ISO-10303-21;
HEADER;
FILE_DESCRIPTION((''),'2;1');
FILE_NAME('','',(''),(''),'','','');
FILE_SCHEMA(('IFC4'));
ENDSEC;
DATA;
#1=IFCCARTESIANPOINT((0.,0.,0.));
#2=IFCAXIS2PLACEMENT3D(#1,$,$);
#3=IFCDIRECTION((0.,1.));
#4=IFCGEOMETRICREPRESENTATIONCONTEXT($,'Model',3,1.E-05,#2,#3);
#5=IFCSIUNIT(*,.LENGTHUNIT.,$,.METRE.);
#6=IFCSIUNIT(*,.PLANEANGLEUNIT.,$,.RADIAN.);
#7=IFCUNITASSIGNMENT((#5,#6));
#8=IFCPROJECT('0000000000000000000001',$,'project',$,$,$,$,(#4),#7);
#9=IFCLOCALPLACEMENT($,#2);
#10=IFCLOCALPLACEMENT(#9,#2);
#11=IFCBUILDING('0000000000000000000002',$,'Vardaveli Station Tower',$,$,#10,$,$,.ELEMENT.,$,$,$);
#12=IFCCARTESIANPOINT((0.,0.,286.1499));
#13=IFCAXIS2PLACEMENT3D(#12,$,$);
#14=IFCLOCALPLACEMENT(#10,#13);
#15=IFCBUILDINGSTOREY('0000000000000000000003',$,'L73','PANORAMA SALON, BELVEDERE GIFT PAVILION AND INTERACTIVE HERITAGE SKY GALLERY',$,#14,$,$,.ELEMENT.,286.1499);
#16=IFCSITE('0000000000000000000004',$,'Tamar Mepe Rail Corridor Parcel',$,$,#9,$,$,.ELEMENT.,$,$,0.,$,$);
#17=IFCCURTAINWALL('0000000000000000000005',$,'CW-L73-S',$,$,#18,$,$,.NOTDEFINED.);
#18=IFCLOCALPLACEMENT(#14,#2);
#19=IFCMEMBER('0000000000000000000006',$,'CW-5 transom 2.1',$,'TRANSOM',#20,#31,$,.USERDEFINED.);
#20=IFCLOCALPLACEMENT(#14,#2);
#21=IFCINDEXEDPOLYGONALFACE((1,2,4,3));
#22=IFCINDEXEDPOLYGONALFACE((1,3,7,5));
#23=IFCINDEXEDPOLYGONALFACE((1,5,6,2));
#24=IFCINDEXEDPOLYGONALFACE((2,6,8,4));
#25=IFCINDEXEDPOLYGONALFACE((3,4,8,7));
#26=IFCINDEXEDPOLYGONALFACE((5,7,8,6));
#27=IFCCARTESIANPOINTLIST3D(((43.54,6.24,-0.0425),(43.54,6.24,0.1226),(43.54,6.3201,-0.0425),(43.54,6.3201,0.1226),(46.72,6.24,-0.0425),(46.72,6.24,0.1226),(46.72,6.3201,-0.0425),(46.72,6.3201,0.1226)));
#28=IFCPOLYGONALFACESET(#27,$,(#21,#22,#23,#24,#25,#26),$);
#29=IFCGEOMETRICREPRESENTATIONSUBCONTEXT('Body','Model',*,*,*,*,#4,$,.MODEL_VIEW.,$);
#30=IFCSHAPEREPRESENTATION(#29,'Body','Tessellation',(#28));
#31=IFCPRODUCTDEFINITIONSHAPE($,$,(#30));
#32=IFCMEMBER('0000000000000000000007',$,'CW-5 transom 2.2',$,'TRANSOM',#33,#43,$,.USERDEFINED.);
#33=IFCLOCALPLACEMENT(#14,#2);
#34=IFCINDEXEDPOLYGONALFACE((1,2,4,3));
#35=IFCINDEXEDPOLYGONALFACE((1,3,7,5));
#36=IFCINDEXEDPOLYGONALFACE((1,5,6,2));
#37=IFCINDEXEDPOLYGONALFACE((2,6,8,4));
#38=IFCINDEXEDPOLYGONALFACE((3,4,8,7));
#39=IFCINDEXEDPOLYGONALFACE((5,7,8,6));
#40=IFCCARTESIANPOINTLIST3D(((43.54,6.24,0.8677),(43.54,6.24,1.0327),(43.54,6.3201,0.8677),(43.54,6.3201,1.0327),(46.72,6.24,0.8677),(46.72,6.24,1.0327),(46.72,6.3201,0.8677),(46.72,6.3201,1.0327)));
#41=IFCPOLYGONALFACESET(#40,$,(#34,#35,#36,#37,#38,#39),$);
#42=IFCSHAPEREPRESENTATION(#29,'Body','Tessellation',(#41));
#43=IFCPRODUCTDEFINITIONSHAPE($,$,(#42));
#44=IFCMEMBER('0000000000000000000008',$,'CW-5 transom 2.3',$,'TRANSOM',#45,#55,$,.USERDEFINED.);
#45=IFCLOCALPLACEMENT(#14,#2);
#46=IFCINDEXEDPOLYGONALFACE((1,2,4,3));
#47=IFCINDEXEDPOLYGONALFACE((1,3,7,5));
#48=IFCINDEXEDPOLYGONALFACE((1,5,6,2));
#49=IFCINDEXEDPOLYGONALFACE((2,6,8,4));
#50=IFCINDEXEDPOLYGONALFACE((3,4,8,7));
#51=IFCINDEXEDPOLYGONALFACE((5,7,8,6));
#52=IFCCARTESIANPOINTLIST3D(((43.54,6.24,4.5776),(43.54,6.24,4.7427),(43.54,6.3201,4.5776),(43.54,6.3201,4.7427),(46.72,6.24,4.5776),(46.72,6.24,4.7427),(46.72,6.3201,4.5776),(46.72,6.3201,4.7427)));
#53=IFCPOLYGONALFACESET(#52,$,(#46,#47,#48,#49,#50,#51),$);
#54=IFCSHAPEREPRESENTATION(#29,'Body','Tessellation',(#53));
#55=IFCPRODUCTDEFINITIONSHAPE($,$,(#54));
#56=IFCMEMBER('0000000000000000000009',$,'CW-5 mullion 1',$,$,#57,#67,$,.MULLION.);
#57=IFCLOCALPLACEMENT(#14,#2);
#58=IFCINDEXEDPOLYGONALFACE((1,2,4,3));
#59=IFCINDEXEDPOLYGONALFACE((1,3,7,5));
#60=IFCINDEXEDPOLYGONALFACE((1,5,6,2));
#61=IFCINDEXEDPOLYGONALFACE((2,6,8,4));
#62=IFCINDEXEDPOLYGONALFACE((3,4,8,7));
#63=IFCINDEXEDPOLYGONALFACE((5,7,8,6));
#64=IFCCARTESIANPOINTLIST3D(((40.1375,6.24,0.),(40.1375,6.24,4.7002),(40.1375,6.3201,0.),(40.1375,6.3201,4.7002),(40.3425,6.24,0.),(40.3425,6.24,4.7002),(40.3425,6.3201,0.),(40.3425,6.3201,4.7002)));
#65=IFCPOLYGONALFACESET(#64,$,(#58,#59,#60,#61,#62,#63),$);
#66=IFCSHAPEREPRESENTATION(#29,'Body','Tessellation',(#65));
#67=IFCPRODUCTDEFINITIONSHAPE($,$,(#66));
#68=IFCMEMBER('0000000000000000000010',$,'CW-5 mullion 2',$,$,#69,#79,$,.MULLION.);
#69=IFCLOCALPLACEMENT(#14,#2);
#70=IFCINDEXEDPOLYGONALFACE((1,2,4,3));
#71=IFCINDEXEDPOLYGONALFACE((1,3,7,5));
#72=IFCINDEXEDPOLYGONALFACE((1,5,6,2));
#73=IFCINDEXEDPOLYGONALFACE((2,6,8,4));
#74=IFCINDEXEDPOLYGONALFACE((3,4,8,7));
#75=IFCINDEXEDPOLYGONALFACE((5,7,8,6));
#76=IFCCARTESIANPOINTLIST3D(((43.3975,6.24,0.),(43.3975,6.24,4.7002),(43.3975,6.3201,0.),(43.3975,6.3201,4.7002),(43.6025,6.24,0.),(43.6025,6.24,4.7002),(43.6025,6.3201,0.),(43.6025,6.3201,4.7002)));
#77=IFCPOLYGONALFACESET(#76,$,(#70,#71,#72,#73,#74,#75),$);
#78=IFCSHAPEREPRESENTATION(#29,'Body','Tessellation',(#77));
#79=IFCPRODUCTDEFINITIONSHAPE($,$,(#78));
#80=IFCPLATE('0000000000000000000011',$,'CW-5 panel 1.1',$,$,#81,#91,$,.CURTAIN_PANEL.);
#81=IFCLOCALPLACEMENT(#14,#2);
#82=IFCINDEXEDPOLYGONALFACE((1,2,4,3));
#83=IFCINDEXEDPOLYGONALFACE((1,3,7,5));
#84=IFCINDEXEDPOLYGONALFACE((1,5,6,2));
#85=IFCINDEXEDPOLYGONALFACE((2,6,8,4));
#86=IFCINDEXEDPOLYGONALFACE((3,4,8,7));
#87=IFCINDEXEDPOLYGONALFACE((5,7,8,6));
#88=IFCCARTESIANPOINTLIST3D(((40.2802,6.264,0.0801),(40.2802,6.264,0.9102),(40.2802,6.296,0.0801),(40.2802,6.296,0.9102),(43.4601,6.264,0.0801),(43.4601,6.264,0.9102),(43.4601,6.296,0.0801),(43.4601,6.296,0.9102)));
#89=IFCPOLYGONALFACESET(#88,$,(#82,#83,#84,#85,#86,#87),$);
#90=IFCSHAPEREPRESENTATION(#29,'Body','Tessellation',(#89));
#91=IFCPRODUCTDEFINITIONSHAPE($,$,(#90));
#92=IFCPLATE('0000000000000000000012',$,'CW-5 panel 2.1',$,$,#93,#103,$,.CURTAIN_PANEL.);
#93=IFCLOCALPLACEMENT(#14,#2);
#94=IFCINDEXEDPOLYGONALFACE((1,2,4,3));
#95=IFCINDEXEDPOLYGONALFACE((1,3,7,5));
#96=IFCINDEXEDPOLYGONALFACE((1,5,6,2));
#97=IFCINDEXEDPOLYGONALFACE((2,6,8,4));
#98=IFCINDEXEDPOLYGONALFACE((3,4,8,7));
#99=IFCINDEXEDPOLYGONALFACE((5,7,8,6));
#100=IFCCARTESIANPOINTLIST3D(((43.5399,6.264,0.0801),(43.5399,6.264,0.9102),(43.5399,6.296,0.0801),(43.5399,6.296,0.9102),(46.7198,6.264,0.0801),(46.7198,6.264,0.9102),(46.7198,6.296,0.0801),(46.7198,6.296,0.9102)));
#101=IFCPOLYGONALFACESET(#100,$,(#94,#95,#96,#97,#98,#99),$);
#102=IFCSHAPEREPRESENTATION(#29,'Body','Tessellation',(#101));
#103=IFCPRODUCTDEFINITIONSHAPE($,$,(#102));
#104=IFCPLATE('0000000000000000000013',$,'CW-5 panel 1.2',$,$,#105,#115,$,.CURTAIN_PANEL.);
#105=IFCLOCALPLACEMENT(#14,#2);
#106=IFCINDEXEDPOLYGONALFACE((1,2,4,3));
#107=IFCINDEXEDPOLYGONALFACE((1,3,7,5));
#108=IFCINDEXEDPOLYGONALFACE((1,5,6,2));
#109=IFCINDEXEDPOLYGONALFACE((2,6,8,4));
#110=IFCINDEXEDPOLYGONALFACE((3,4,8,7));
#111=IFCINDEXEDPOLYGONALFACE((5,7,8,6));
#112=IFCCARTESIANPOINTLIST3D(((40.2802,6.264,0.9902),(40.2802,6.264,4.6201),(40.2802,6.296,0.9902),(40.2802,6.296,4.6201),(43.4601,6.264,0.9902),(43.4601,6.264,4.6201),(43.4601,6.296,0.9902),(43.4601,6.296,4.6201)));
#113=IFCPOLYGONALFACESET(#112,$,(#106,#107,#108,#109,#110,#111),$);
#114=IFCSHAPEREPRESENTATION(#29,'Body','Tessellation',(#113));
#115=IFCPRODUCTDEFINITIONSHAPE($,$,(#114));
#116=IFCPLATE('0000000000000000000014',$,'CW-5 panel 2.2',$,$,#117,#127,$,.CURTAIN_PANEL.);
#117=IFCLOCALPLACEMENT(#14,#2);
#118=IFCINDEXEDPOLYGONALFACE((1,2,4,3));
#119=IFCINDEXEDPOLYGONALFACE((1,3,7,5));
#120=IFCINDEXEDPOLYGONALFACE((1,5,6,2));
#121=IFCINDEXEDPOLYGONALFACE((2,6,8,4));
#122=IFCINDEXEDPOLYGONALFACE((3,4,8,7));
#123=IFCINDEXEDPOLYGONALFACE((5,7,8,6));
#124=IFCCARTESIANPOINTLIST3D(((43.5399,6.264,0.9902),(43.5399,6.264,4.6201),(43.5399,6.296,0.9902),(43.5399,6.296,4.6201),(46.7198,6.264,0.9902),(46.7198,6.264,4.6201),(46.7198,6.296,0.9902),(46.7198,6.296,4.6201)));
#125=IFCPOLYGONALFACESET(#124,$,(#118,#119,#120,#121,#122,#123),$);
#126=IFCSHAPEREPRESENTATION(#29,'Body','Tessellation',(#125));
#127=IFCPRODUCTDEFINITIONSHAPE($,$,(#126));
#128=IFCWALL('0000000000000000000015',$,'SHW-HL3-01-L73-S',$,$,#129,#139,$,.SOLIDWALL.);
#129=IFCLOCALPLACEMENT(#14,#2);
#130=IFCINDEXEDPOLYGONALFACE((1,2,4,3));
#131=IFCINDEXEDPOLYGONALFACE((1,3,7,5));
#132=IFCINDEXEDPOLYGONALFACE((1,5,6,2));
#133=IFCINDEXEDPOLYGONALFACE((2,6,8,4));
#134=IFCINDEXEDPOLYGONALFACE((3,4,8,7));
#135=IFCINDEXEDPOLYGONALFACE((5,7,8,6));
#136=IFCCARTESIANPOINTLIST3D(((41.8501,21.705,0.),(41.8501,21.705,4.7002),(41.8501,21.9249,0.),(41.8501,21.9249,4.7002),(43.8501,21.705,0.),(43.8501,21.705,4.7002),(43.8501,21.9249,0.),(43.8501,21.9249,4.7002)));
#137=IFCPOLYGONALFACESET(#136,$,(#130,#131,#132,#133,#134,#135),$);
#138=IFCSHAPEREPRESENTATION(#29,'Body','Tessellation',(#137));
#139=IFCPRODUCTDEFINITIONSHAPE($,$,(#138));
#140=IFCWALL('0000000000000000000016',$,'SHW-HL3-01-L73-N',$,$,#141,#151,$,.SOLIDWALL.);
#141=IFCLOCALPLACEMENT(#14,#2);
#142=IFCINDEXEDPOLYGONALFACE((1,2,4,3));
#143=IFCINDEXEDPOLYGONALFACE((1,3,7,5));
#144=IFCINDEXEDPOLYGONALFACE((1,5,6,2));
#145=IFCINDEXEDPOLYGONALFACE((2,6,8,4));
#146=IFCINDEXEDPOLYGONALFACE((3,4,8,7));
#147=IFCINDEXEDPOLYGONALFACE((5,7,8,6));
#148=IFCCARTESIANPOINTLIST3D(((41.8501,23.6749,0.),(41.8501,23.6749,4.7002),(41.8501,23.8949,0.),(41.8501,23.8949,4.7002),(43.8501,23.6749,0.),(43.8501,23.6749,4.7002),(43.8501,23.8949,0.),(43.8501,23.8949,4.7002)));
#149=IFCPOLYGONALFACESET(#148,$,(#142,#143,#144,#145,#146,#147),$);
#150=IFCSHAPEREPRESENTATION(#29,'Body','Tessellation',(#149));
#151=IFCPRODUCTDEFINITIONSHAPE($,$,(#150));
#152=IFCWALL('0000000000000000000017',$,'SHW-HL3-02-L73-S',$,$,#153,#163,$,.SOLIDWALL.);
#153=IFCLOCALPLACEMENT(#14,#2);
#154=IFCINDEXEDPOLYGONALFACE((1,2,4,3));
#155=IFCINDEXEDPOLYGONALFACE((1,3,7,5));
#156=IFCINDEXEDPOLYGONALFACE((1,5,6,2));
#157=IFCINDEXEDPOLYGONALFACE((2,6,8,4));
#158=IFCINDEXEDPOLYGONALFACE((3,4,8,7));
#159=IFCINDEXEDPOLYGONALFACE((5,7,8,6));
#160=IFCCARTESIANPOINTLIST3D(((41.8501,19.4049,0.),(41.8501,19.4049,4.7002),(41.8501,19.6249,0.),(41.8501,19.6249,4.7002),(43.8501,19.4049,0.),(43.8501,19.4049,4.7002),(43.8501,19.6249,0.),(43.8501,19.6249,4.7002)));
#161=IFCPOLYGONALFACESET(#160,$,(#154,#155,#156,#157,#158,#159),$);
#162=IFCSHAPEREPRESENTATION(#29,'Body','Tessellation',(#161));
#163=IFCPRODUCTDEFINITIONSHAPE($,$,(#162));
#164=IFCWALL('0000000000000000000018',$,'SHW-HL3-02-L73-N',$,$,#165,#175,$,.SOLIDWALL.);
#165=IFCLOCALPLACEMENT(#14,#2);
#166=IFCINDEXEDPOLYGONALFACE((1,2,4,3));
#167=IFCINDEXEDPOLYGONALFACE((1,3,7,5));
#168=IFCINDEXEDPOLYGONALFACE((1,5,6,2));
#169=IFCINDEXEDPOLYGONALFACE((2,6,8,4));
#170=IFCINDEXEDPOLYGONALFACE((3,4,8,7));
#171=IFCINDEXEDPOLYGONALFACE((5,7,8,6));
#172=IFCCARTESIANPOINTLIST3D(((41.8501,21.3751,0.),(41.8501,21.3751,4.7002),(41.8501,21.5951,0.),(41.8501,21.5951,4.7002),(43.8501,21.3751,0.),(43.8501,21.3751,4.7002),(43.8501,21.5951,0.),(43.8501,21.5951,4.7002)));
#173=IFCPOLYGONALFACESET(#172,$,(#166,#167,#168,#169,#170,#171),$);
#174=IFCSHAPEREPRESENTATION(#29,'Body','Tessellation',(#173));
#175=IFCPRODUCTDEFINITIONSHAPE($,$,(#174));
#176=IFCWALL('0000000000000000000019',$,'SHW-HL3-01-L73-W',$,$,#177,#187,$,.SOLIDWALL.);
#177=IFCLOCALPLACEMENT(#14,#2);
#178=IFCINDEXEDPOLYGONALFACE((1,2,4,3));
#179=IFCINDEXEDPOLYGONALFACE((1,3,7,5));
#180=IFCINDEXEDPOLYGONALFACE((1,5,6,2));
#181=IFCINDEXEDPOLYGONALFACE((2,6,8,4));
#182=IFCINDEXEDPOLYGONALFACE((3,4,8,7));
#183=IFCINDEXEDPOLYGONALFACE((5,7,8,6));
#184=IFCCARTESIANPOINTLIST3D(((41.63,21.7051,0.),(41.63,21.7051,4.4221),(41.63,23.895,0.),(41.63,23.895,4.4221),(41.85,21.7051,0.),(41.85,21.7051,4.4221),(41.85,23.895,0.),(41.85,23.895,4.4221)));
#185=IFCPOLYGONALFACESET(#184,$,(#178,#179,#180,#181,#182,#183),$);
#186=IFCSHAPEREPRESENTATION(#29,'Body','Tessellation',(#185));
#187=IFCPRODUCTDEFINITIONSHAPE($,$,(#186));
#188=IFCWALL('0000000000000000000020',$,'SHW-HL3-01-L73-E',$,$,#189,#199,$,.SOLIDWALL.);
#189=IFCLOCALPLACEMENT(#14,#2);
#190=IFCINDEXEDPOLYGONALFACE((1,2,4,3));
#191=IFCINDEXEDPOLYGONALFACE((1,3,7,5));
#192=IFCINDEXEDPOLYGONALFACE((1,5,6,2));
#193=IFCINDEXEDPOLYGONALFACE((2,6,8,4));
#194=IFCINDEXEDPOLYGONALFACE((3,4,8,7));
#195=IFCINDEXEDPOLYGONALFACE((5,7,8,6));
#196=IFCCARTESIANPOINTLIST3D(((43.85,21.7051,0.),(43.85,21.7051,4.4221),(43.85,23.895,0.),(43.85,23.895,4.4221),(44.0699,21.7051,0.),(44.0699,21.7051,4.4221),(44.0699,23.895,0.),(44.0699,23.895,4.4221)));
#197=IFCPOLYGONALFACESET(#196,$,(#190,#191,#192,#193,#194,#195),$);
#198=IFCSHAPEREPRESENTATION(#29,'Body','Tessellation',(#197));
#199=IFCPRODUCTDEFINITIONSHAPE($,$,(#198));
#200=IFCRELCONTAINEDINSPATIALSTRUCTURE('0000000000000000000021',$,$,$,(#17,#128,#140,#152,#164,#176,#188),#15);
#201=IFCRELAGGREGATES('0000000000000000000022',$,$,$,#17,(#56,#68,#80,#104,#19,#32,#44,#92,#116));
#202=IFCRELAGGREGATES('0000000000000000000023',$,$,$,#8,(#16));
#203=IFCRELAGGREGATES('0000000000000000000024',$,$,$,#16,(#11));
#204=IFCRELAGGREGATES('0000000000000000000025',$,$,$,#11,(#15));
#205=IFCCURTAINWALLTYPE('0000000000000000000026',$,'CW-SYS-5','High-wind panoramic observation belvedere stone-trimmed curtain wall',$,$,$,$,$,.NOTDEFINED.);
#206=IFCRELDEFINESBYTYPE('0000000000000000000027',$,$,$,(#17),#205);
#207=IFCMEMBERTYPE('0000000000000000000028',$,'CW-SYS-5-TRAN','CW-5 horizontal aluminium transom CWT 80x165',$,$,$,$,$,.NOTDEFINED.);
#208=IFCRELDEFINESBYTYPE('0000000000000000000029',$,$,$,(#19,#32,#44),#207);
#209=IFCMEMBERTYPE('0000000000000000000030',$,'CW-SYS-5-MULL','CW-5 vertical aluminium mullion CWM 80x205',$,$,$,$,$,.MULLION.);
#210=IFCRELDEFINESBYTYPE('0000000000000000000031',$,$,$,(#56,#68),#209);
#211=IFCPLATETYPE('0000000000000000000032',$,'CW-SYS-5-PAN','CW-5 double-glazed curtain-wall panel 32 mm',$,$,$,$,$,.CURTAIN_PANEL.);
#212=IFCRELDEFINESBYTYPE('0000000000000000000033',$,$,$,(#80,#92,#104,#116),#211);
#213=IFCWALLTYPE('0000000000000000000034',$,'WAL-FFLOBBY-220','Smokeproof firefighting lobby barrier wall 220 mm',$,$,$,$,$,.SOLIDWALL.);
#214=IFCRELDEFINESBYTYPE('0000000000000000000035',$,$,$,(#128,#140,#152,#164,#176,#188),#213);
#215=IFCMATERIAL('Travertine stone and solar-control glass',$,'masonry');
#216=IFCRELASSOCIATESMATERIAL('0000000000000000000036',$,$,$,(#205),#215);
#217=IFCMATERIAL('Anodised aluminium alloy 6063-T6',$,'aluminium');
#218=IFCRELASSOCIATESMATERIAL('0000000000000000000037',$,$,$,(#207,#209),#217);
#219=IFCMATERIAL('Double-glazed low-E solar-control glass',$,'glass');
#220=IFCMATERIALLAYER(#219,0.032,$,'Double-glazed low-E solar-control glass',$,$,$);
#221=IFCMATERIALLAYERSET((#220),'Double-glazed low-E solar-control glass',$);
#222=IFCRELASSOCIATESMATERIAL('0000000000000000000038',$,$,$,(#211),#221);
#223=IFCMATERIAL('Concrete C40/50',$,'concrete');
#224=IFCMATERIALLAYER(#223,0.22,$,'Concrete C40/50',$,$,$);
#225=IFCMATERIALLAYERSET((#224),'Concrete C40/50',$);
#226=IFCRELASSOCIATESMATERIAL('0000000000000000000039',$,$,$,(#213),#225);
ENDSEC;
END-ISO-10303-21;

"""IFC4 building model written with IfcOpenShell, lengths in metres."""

from ifc_helpers import new_model, si_unit, direction, frame, frame_2d, origin, origin_2d, place, context, subcontext, project, spatial, rectangle, extrude, source, transform, mapped, material, layer, layer_set, material_profile, profile_set, type_object, element, aggregate, save


model = new_model("IFC4")

# Units and contexts
model_context = context("Model", 3, precision=1e-05, world=origin(), true_north=direction((0.0, 1.0)))
body_context = subcontext(model_context, "Body", "Model", "MODEL_VIEW")
ifc_project = project(units=[si_unit("LENGTHUNIT", "METRE"), si_unit("PLANEANGLEUNIT", "RADIAN")], contexts=[model_context])

# Site, building, storey
site_placement = place(None, origin())
site = spatial("IfcSite", under=ifc_project, at=site_placement, Name="Tamar Mepe Rail Corridor Parcel", CompositionType="ELEMENT", RefElevation=0.0)
building_placement = place(site_placement, origin())
building = spatial("IfcBuilding", under=site, at=building_placement, Name="Vardaveli Station Tower", CompositionType="ELEMENT")
storey_placement = place(building_placement, frame((0.0, 0.0, 286.1499)))
storey = spatial("IfcBuildingStorey", under=building, at=storey_placement, Name="L73", Description="PANORAMA SALON, BELVEDERE GIFT PAVILION AND INTERACTIVE HERITAGE SKY GALLERY", CompositionType="ELEMENT", Elevation=286.1499)

# Curtain wall, members, plates
ifc_material_1 = material(Name="Travertine stone and solar-control glass", Category="masonry")
curtain_wall_type = type_object("IfcCurtainWallType", Name="CW-SYS-5", Description="High-wind panoramic observation belvedere stone-trimmed curtain wall", PredefinedType="NOTDEFINED", material=ifc_material_1)
curtain_wall_placement = place(storey_placement, origin())
curtain_wall = element("IfcCurtainWall", 1, at=curtain_wall_placement, inside=storey, type_object=curtain_wall_type, Name="CW-L73-S", PredefinedType="NOTDEFINED")
ifc_material_2 = material(Name="Anodised aluminium alloy 6063-T6", Category="aluminium")
ifc_material_profile_1 = material_profile(ifc_material_2, rectangle(XDim=0.0801, YDim=0.165, at=origin_2d()), Name="CWT 80x165")
ifc_profile_set_1 = profile_set([ifc_material_profile_1], Name="Anodised aluminium alloy 6063-T6")
member_type_1 = type_object("IfcMemberType", Name="CW-SYS-5-TRAN", Description="CW-5 horizontal aluminium transom CWT 80x165", PredefinedType="NOTDEFINED", material=ifc_profile_set_1)
shared_shape_1 = source(origin(), body_context, "Body", "SweptSolid", [
    extrude(rectangle(XDim=0.0801, YDim=0.165, at=origin_2d()), origin(), (0.0, 0.0, 1.0), 3.1799),
])
member_1_placement = place(storey_placement, frame((43.54, 6.28, 0.04), z_axis=(1.0, 0.0, 0.0), x_axis=(0.0, 1.0, 0.0)))
member_1 = element("IfcMember", 2, at=member_1_placement, type_object=member_type_1, Name="CW-5 transom 2.1", ObjectType="TRANSOM", PredefinedType="USERDEFINED", context=body_context, shape_type="MappedRepresentation", body=[
    mapped(shared_shape_1, transform((0.0, 0.0, 0.0), scale=1.0)),
])
member_2_placement = place(storey_placement, frame((43.54, 6.28, 0.9502), z_axis=(1.0, 0.0, 0.0), x_axis=(0.0, 1.0, 0.0)))
member_2 = element("IfcMember", 3, at=member_2_placement, type_object=member_type_1, Name="CW-5 transom 2.2", ObjectType="TRANSOM", PredefinedType="USERDEFINED", context=body_context, shape_type="MappedRepresentation", body=[
    mapped(shared_shape_1, transform((0.0, 0.0, 0.0), scale=1.0)),
])
member_3_placement = place(storey_placement, frame((43.54, 6.28, 4.6602), z_axis=(1.0, 0.0, 0.0), x_axis=(0.0, 1.0, 0.0)))
member_3 = element("IfcMember", 4, at=member_3_placement, type_object=member_type_1, Name="CW-5 transom 2.3", ObjectType="TRANSOM", PredefinedType="USERDEFINED", context=body_context, shape_type="MappedRepresentation", body=[
    mapped(shared_shape_1, transform((0.0, 0.0, 0.0), scale=1.0)),
])
ifc_material_profile_2 = material_profile(ifc_material_2, rectangle(XDim=0.0801, YDim=0.2051, at=origin_2d()), Name="CWM 80x205")
ifc_profile_set_2 = profile_set([ifc_material_profile_2], Name="Anodised aluminium alloy 6063-T6")
member_type_2 = type_object("IfcMemberType", Name="CW-SYS-5-MULL", Description="CW-5 vertical aluminium mullion CWM 80x205", PredefinedType="MULLION", material=ifc_profile_set_2)
shared_shape_2 = source(origin(), body_context, "Body", "SweptSolid", [
    extrude(rectangle(XDim=0.0801, YDim=0.2051, at=origin_2d()), origin(), (0.0, 0.0, 1.0), 4.7002),
])
member_4_placement = place(storey_placement, frame((40.24, 6.28, 0.0), z_axis=(0.0, 0.0, 1.0), x_axis=(0.0, 1.0, 0.0)))
member_4 = element("IfcMember", 5, at=member_4_placement, type_object=member_type_2, Name="CW-5 mullion 1", PredefinedType="MULLION", context=body_context, shape_type="MappedRepresentation", body=[
    mapped(shared_shape_2, transform((0.0, 0.0, 0.0), scale=1.0)),
])
member_5_placement = place(storey_placement, frame((43.5, 6.28, 0.0), z_axis=(0.0, 0.0, 1.0), x_axis=(0.0, 1.0, 0.0)))
member_5 = element("IfcMember", 6, at=member_5_placement, type_object=member_type_2, Name="CW-5 mullion 2", PredefinedType="MULLION", context=body_context, shape_type="MappedRepresentation", body=[
    mapped(shared_shape_2, transform((0.0, 0.0, 0.0), scale=1.0)),
])
ifc_material_3 = material(Name="Double-glazed low-E solar-control glass", Category="glass")
ifc_layer_1 = layer(ifc_material_3, 0.032, Name="Double-glazed low-E solar-control glass")
ifc_layer_set_1 = layer_set([ifc_layer_1], Name="Double-glazed low-E solar-control glass")
plate_type = type_object("IfcPlateType", Name="CW-SYS-5-PAN", Description="CW-5 double-glazed curtain-wall panel 32 mm", PredefinedType="CURTAIN_PANEL", material=ifc_layer_set_1)
shared_shape_3 = source(origin(), body_context, "Body", "SweptSolid", [
    extrude(rectangle(XDim=3.1799, YDim=0.032, at=origin_2d()), origin(), (0.0, 0.0, 1.0), 0.8301),
])
plate_1_placement = place(storey_placement, frame((41.8701, 6.28, 0.0801), z_axis=(0.0, 0.0, 1.0), x_axis=(1.0, 0.0, 0.0)))
plate_1 = element("IfcPlate", 7, at=plate_1_placement, type_object=plate_type, Name="CW-5 panel 1.1", PredefinedType="CURTAIN_PANEL", context=body_context, shape_type="MappedRepresentation", body=[
    mapped(shared_shape_3, transform((0.0, 0.0, 0.0), scale=1.0)),
])
plate_2_placement = place(storey_placement, frame((45.1299, 6.28, 0.0801), z_axis=(0.0, 0.0, 1.0), x_axis=(1.0, 0.0, 0.0)))
plate_2 = element("IfcPlate", 8, at=plate_2_placement, type_object=plate_type, Name="CW-5 panel 2.1", PredefinedType="CURTAIN_PANEL", context=body_context, shape_type="MappedRepresentation", body=[
    mapped(shared_shape_3, transform((0.0, 0.0, 0.0), scale=1.0)),
])
shared_shape_4 = source(origin(), body_context, "Body", "SweptSolid", [
    extrude(rectangle(XDim=3.1799, YDim=0.032, at=origin_2d()), origin(), (0.0, 0.0, 1.0), 3.6299),
])
plate_3_placement = place(storey_placement, frame((41.8701, 6.28, 0.9902), z_axis=(0.0, 0.0, 1.0), x_axis=(1.0, 0.0, 0.0)))
plate_3 = element("IfcPlate", 9, at=plate_3_placement, type_object=plate_type, Name="CW-5 panel 1.2", PredefinedType="CURTAIN_PANEL", context=body_context, shape_type="MappedRepresentation", body=[
    mapped(shared_shape_4, transform((0.0, 0.0, 0.0), scale=1.0)),
])
plate_4_placement = place(storey_placement, frame((45.1299, 6.28, 0.9902), z_axis=(0.0, 0.0, 1.0), x_axis=(1.0, 0.0, 0.0)))
plate_4 = element("IfcPlate", 10, at=plate_4_placement, type_object=plate_type, Name="CW-5 panel 2.2", PredefinedType="CURTAIN_PANEL", context=body_context, shape_type="MappedRepresentation", body=[
    mapped(shared_shape_4, transform((0.0, 0.0, 0.0), scale=1.0)),
])
aggregate(curtain_wall, [member_4, member_5, plate_1, plate_3, member_1, member_2, member_3, plate_2, plate_4])

# Walls
ifc_material_4 = material(Name="Concrete C40/50", Category="concrete")
ifc_layer_2 = layer(ifc_material_4, 0.22, Name="Concrete C40/50")
ifc_layer_set_2 = layer_set([ifc_layer_2], Name="Concrete C40/50")
wall_type_1 = type_object("IfcWallType", Name="WAL-FFLOBBY-220", Description="Smokeproof firefighting lobby barrier wall 220 mm", PredefinedType="SOLIDWALL", material=ifc_layer_set_2)
shared_shape_5 = source(origin(), body_context, "Body", "SweptSolid", [
    extrude(rectangle(XDim=2.0, YDim=0.22, at=frame_2d((1.0, 0.0))), origin(), (0.0, 0.0, 1.0), 4.7002),
])
for number, where, z_axis, x_axis, name in (
    (11, (41.8501, 21.8149, 0.0), (0.0, 0.0, 1.0), (1.0, 0.0, 0.0), "SHW-HL3-01-L73-S"),
    (12, (41.8501, 23.7849, 0.0), (0.0, 0.0, 1.0), (1.0, 0.0, 0.0), "SHW-HL3-01-L73-N"),
    (13, (41.8501, 19.5149, 0.0), (0.0, 0.0, 1.0), (1.0, 0.0, 0.0), "SHW-HL3-02-L73-S"),
    (14, (41.8501, 21.4851, 0.0), (0.0, 0.0, 1.0), (1.0, 0.0, 0.0), "SHW-HL3-02-L73-N"),
):
    element("IfcWall", number, at=place(storey_placement, frame(where, z_axis=z_axis, x_axis=x_axis)), inside=storey, type_object=wall_type_1, Name=name, PredefinedType="SOLIDWALL", context=body_context, shape_type="MappedRepresentation", body=[
        mapped(shared_shape_5, transform((0.0, 0.0, 0.0), scale=1.0)),
    ])
shared_shape_6 = source(origin(), body_context, "Body", "SweptSolid", [
    extrude(rectangle(XDim=2.1899, YDim=0.22, at=frame_2d((1.095, 0.0))), origin(), (0.0, 0.0, 1.0), 4.4221),
])
for number, where, z_axis, x_axis, name in (
    (15, (41.74, 21.7051, 0.0), (0.0, 0.0, 1.0), (0.0, 1.0, 0.0), "SHW-HL3-01-L73-W"),
    (16, (43.96, 21.7051, 0.0), (0.0, 0.0, 1.0), (0.0, 1.0, 0.0), "SHW-HL3-01-L73-E"),
):
    element("IfcWall", number, at=place(storey_placement, frame(where, z_axis=z_axis, x_axis=x_axis)), inside=storey, type_object=wall_type_1, Name=name, PredefinedType="SOLIDWALL", context=body_context, shape_type="MappedRepresentation", body=[
        mapped(shared_shape_6, transform((0.0, 0.0, 0.0), scale=1.0)),
    ])

save(model, "model.ifc")
